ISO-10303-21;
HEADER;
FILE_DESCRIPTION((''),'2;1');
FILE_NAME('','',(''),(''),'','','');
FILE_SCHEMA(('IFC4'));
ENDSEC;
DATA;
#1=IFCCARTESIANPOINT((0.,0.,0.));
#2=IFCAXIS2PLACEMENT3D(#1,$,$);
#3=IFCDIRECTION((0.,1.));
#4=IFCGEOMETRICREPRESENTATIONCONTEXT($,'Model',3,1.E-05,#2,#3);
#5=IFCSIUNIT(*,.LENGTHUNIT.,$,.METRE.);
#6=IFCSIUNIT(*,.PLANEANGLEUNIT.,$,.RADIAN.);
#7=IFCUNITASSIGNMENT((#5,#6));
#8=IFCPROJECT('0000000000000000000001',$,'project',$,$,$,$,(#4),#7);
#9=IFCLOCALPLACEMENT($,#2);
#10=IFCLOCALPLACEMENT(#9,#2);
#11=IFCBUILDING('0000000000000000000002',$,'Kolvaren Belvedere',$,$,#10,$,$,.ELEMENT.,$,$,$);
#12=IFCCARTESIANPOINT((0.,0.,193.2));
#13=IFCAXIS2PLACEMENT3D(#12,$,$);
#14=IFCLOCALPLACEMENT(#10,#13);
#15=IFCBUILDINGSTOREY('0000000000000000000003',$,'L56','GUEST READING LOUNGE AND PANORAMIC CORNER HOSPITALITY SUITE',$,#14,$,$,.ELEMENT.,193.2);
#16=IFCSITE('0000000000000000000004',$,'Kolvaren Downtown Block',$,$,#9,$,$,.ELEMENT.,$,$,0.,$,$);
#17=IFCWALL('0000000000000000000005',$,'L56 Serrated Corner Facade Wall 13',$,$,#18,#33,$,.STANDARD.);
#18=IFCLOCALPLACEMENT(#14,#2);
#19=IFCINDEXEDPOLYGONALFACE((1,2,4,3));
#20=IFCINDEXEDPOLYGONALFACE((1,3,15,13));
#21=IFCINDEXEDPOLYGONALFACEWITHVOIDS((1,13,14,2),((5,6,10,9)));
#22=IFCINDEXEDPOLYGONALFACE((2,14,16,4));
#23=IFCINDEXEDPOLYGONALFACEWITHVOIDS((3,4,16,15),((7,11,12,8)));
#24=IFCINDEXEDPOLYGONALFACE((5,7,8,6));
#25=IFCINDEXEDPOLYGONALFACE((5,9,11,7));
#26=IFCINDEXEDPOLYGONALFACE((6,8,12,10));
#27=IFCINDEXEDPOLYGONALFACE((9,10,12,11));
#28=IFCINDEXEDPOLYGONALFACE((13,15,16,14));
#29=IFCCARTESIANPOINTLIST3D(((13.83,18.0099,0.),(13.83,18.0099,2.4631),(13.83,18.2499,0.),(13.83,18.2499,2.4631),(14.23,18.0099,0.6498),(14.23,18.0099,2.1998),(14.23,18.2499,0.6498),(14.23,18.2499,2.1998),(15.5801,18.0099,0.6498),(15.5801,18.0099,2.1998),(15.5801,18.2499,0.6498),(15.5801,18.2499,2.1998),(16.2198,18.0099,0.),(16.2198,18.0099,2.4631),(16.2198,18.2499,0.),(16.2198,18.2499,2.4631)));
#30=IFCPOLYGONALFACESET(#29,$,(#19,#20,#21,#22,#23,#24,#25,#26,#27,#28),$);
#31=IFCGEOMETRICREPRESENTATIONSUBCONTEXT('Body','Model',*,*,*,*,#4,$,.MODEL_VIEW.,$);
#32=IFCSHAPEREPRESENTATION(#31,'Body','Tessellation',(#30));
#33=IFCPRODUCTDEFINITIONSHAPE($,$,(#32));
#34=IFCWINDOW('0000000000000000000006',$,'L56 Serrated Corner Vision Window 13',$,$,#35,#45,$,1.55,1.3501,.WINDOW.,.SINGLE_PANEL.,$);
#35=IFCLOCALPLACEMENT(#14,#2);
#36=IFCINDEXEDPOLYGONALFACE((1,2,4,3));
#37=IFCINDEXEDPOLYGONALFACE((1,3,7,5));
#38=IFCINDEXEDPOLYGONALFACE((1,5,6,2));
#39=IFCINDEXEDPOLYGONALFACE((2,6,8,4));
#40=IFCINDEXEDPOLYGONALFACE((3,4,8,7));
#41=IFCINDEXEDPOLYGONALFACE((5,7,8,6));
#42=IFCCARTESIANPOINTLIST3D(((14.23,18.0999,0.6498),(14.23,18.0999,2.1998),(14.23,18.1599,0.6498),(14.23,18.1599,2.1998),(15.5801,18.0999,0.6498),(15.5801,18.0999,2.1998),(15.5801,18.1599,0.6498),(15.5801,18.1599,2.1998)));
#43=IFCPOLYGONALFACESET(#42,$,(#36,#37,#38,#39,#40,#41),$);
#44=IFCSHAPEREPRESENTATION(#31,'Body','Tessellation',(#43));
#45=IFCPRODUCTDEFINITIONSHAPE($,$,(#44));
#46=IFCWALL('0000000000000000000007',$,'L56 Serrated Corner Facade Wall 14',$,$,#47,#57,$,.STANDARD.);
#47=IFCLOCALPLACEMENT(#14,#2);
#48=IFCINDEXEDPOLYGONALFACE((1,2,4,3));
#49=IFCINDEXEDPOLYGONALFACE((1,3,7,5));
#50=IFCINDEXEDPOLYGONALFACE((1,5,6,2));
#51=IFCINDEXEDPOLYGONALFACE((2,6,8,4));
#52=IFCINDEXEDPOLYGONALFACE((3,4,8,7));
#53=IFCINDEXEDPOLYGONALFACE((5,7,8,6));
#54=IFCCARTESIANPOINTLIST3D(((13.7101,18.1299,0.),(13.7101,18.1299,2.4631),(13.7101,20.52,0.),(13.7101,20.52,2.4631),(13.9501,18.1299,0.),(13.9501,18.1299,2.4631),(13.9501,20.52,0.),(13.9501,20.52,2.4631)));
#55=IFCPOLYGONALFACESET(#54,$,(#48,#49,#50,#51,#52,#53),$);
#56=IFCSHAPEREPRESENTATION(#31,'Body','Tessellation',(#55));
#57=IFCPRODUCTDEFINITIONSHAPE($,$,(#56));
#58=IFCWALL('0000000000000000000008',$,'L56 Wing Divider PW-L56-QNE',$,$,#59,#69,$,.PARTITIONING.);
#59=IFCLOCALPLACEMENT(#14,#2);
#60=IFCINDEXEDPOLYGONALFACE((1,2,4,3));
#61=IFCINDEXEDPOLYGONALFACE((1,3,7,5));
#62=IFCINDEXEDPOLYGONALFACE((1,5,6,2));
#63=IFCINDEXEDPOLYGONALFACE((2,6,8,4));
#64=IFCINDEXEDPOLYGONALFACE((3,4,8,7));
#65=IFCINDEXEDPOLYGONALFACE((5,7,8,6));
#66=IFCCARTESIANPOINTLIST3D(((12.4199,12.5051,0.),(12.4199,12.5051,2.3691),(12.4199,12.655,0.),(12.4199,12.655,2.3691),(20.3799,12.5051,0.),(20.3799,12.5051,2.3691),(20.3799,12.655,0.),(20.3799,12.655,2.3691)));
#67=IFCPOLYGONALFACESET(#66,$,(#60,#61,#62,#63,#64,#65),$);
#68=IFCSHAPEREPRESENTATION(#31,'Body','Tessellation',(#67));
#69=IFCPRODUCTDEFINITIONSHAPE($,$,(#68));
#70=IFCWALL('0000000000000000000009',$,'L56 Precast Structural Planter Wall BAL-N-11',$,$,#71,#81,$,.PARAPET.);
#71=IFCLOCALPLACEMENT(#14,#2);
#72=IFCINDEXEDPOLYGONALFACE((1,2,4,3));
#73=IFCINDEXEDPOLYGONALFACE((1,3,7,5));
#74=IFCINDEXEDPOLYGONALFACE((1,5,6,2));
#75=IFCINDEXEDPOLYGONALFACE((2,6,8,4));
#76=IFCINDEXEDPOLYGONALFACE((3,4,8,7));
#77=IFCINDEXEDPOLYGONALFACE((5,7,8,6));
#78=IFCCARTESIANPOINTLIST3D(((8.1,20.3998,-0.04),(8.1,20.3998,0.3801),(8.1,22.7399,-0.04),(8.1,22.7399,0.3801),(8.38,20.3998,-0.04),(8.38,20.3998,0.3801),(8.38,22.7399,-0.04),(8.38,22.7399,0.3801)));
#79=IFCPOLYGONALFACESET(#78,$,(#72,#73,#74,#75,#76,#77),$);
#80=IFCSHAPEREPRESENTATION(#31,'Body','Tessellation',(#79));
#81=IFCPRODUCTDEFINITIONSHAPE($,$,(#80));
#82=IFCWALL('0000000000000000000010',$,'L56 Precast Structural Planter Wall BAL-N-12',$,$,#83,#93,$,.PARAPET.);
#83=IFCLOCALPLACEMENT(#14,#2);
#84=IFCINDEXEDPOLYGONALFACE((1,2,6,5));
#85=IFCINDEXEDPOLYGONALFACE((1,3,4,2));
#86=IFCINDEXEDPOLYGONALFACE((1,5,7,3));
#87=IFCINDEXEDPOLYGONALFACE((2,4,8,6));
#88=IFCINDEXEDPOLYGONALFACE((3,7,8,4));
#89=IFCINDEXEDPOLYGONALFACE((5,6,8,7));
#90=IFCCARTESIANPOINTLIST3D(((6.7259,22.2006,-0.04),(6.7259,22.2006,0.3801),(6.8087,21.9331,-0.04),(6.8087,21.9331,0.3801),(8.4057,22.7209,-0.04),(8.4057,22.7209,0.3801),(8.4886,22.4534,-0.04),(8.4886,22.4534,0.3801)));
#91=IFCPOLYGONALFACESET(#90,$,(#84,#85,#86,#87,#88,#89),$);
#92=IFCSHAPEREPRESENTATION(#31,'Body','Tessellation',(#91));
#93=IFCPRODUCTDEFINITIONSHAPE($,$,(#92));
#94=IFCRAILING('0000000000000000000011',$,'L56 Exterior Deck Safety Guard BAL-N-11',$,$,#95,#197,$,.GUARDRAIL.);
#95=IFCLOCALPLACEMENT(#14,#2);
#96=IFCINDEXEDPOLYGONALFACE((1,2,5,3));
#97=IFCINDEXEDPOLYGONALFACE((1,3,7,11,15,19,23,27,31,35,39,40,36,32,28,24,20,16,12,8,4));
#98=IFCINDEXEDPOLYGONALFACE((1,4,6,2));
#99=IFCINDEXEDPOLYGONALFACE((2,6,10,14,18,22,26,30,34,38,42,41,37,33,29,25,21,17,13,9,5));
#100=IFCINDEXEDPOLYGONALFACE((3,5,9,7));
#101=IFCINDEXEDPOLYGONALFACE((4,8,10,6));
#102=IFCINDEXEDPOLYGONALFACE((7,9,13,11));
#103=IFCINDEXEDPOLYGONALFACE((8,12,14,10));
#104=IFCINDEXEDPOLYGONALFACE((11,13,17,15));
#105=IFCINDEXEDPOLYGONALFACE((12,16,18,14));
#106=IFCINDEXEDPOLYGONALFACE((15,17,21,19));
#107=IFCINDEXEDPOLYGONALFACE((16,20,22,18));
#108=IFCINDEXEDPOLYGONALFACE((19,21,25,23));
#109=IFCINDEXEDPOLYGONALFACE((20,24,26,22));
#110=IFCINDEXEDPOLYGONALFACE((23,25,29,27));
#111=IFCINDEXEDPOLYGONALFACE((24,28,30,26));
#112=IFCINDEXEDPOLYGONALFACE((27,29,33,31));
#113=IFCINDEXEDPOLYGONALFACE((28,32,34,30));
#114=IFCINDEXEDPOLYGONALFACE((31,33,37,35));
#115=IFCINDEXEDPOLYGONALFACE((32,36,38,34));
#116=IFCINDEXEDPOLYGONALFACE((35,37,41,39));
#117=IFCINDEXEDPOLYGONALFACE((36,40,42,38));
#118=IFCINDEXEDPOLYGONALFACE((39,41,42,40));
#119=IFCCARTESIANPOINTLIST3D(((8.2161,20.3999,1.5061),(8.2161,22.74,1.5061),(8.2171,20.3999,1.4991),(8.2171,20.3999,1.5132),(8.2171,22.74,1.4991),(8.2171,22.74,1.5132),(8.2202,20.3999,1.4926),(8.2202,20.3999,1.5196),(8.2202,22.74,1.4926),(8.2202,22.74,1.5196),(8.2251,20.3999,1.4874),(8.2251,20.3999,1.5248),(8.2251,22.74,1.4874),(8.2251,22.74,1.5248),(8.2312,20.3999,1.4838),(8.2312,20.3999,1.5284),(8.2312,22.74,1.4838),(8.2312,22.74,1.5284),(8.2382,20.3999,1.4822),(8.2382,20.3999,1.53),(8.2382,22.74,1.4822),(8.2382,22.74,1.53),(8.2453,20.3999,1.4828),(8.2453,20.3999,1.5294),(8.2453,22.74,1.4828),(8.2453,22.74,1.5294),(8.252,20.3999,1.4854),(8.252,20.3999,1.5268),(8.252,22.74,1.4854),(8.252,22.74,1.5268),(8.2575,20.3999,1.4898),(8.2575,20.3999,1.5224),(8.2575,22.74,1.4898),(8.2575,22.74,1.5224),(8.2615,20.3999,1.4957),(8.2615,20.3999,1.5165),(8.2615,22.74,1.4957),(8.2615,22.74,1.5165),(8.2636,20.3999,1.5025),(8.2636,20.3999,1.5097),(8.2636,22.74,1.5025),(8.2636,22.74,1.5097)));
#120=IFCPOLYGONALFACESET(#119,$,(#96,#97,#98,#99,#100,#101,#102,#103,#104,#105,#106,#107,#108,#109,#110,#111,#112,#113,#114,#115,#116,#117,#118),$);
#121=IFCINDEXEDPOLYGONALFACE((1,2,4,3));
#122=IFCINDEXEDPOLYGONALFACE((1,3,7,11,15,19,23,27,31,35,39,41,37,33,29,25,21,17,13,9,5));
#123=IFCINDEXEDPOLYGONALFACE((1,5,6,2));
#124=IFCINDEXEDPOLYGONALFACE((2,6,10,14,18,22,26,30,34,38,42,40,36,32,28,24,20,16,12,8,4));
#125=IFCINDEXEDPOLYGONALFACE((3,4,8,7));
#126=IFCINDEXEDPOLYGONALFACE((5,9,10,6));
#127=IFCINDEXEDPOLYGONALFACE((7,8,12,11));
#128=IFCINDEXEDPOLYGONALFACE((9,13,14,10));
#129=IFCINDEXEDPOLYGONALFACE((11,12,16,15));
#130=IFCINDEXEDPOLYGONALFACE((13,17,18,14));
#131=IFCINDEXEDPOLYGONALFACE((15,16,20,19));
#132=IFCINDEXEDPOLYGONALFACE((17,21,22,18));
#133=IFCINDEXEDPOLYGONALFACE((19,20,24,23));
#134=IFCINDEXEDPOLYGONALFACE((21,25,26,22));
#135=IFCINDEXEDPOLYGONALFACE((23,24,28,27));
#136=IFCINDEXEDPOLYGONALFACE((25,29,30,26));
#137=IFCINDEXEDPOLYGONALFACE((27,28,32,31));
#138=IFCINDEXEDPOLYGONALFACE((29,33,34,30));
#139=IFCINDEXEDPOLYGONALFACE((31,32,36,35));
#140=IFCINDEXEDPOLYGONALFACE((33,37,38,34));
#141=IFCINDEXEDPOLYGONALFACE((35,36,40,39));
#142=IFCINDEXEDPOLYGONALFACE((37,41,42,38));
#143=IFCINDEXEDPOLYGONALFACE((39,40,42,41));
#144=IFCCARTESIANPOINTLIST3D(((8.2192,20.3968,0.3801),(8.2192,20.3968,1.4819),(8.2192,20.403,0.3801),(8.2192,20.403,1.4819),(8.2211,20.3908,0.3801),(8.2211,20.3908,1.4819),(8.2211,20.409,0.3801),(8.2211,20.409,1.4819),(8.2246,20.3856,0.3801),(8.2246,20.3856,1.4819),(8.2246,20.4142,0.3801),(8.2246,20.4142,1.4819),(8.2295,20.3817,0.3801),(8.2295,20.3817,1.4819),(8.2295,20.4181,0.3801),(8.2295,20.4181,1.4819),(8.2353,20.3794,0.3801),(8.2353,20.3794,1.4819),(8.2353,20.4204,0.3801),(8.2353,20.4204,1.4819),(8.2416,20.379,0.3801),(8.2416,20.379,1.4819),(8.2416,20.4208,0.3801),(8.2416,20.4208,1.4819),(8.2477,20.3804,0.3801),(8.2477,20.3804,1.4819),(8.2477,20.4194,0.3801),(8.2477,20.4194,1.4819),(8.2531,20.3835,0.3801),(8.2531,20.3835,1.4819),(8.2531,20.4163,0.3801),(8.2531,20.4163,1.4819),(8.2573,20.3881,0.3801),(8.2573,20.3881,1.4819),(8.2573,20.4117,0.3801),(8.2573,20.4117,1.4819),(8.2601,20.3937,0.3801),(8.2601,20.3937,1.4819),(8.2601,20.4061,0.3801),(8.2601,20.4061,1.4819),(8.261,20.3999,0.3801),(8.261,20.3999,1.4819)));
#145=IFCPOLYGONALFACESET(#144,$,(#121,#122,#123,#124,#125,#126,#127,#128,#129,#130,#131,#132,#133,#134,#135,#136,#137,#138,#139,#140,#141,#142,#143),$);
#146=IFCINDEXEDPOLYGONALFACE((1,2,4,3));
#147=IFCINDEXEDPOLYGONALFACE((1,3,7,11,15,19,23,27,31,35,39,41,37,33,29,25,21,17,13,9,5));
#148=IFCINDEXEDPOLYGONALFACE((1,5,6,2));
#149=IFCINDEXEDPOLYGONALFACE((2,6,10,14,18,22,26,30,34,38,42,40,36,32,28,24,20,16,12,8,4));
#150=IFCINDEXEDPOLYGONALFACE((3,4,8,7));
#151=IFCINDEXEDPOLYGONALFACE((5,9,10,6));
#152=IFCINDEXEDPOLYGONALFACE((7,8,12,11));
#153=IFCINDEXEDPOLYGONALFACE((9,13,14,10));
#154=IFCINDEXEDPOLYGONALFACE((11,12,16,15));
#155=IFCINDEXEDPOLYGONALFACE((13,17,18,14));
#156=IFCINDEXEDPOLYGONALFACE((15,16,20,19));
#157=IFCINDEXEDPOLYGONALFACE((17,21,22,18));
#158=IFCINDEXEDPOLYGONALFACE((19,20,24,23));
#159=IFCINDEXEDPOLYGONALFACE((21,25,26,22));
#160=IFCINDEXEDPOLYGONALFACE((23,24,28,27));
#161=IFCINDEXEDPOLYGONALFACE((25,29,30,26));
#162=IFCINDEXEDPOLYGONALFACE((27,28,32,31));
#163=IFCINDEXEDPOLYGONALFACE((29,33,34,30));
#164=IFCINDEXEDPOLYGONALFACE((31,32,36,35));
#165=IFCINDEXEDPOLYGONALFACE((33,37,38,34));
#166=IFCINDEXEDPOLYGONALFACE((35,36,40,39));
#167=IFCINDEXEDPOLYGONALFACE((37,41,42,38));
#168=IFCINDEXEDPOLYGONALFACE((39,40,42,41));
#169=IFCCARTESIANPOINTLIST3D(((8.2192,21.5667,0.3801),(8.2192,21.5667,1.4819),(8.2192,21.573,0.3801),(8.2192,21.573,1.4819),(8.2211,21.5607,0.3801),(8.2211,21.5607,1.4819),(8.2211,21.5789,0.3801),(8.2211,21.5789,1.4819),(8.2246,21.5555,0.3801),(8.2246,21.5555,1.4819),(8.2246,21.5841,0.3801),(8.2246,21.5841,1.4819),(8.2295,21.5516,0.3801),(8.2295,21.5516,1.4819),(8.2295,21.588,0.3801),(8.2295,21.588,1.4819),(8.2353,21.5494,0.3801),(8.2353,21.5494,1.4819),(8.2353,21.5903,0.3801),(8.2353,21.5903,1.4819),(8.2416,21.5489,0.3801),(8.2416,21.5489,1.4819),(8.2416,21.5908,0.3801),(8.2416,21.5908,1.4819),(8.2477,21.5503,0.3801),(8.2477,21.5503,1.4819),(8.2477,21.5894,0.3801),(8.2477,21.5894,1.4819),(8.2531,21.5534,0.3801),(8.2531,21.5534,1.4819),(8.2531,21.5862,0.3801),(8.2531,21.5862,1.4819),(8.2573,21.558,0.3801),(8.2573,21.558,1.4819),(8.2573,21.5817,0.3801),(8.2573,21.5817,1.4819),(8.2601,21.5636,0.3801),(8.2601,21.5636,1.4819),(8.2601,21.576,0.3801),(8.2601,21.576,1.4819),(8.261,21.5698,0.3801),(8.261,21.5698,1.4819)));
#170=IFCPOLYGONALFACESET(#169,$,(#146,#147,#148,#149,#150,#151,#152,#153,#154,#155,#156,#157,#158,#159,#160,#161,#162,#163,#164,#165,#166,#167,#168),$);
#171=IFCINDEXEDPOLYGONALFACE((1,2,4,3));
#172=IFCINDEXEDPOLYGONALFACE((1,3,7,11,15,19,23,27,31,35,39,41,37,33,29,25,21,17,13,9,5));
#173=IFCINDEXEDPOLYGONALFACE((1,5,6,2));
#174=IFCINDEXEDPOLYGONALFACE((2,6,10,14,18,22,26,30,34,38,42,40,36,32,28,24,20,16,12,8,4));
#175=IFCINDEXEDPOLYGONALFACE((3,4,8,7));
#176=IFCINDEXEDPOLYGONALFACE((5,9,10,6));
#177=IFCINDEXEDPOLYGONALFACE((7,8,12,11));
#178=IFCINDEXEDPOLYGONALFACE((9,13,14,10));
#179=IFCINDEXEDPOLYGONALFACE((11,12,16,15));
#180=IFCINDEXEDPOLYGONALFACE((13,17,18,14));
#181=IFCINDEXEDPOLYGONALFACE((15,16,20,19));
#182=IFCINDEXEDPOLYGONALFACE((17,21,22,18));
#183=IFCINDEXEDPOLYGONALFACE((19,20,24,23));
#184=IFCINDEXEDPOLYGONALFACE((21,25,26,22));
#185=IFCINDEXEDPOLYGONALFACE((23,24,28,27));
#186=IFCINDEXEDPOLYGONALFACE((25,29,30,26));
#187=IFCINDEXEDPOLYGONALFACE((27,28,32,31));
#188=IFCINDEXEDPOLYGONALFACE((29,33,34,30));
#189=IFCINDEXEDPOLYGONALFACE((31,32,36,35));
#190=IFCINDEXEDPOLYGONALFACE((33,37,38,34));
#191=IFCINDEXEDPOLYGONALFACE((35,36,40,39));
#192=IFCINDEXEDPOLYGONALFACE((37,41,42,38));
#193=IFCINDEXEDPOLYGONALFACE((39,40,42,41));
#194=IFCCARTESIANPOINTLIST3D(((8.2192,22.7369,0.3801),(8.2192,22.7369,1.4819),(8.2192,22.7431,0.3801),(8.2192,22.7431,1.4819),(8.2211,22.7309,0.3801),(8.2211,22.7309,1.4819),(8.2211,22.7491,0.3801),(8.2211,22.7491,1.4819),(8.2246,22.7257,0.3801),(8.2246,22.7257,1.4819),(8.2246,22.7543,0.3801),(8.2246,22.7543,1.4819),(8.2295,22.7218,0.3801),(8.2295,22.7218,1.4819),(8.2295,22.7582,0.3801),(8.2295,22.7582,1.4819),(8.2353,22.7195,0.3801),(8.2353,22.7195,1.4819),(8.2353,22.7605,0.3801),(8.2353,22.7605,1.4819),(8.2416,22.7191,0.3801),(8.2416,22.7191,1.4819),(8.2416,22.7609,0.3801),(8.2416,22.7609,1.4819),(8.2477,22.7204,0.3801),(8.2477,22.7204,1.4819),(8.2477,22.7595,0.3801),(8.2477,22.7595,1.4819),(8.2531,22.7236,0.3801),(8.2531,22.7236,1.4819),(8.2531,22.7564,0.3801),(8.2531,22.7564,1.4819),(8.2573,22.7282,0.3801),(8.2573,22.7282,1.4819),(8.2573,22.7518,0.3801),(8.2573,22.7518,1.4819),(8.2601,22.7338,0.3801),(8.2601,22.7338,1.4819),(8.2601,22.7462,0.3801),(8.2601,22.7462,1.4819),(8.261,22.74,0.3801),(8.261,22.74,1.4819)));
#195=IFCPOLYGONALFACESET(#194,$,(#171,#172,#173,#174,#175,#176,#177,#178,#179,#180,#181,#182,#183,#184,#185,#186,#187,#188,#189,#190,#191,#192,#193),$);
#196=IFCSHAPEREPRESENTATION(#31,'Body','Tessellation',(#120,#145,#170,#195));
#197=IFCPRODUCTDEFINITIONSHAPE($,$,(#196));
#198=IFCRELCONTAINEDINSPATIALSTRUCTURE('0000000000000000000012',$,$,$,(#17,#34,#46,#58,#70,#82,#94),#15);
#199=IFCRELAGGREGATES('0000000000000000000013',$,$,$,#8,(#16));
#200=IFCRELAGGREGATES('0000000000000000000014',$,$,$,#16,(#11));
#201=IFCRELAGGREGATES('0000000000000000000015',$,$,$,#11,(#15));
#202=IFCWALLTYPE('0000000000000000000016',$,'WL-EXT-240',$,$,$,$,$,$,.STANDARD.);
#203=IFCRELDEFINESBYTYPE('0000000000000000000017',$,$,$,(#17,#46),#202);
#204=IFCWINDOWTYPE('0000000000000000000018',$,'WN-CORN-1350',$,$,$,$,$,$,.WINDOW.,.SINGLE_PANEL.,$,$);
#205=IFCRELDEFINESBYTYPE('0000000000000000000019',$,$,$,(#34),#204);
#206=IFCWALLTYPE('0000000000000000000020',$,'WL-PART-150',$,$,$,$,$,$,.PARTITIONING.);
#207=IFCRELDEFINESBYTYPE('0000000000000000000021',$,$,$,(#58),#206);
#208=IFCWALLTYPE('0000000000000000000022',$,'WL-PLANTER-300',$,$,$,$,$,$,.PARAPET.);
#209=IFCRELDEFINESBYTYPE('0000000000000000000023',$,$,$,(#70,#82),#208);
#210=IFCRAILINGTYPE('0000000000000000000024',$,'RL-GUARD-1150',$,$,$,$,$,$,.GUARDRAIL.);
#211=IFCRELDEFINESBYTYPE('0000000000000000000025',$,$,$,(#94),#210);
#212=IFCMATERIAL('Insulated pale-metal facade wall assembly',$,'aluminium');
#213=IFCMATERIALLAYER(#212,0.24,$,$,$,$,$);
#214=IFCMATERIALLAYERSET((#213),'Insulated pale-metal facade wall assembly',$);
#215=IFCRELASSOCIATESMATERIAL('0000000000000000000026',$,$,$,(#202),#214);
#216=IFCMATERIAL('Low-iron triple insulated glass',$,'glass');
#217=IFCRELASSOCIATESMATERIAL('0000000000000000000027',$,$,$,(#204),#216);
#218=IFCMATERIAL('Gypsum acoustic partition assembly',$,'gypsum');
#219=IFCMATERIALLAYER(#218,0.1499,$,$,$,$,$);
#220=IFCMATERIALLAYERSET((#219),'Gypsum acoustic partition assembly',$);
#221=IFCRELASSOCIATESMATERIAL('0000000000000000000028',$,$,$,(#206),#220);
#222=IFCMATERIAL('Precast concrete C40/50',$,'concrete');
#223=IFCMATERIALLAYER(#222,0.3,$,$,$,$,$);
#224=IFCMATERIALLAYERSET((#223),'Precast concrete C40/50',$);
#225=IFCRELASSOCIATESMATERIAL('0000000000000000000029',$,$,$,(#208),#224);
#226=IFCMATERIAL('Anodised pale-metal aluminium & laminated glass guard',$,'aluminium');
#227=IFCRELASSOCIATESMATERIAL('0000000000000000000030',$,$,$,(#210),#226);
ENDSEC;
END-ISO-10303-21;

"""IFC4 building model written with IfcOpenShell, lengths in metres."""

from ifc_helpers import new_model, si_unit, direction, frame, frame_2d, origin, origin_2d, place, context, subcontext, project, spatial, rectangle, circle, extrude, material, layer, layer_set, type_object, element, fill, save


model = new_model("IFC4")

# Units and contexts
model_context = context("Model", 3, precision=1e-05, world=origin(), true_north=direction((0.0, 1.0)))
body_context = subcontext(model_context, "Body", "Model", "MODEL_VIEW")
ifc_project = project(units=[si_unit("LENGTHUNIT", "METRE"), si_unit("PLANEANGLEUNIT", "RADIAN")], contexts=[model_context])

# Site, building, storey
site_placement = place(None, origin())
site = spatial("IfcSite", under=ifc_project, at=site_placement, Name="Kolvaren Downtown Block", CompositionType="ELEMENT", RefElevation=0.0)
building_placement = place(site_placement, origin())
building = spatial("IfcBuilding", under=site, at=building_placement, Name="Kolvaren Belvedere", CompositionType="ELEMENT")
storey_placement = place(building_placement, frame((0.0, 0.0, 193.2)))
storey = spatial("IfcBuildingStorey", under=building, at=storey_placement, Name="L56", Description="GUEST READING LOUNGE AND PANORAMIC CORNER HOSPITALITY SUITE", CompositionType="ELEMENT", Elevation=193.2)

# Shared definitions
ifc_material_1 = material(Name="Insulated pale-metal facade wall assembly", Category="aluminium")
ifc_layer_1 = layer(ifc_material_1, 0.24)
ifc_layer_set_1 = layer_set([ifc_layer_1], Name="Insulated pale-metal facade wall assembly")
wall_type_1 = type_object("IfcWallType", Name="WL-EXT-240", PredefinedType="STANDARD", material=ifc_layer_set_1)

# Wall, opening, window
ifc_material_2 = material(Name="Low-iron triple insulated glass", Category="glass")
window_type_1 = type_object("IfcWindowType", Name="WN-CORN-1350", PartitioningType="SINGLE_PANEL", PredefinedType="WINDOW", material=ifc_material_2)
wall_1_placement = place(storey_placement, frame((13.8301, 18.1299, 0.0), z_axis=(0.0, 0.0, 1.0), x_axis=(1.0, 0.0, 0.0)))
wall_1 = element("IfcWall", 1, at=wall_1_placement, inside=storey, type_object=wall_type_1, Name="L56 Serrated Corner Facade Wall 13", PredefinedType="STANDARD", context=body_context, shape_type="SweptSolid", body=[
    extrude(rectangle(XDim=2.3899, YDim=0.24, at=frame_2d((1.1948, 0.0))), origin(), (0.0, 0.0, 1.0), 2.4631),
])
opening_1_placement = place(wall_1_placement, frame((0.3999, 0.0, 0.6499)))
opening_1 = element("IfcOpeningElement", 2, at=opening_1_placement, cuts=wall_1, PredefinedType="OPENING", context=body_context, shape_type="SweptSolid", body=[
    extrude(rectangle(XDim=1.3501, YDim=1.55, at=frame_2d((0.675, 0.7749))), frame((0.0, 0.1299, 0.0), z_axis=(0.0, -1.0, 0.0), x_axis=(1.0, 0.0, 0.0)), (0.0, 0.0, 1.0), 0.26),
])
window_1_placement = place(opening_1_placement, origin())
window_1 = element("IfcWindow", 3, at=window_1_placement, inside=storey, type_object=window_type_1, Name="L56 Serrated Corner Vision Window 13", OverallHeight=1.55, OverallWidth=1.3501, PartitioningType="SINGLE_PANEL", PredefinedType="WINDOW", context=body_context, shape_type="SweptSolid", body=[
    extrude(rectangle(XDim=1.3501, YDim=1.55, at=frame_2d((0.675, 0.7749))), frame((0.0, 0.03, 0.0), z_axis=(0.0, -1.0, 0.0), x_axis=(1.0, 0.0, 0.0)), (0.0, 0.0, 1.0), 0.0601),
])
fill(opening_1, window_1)

# Walls
wall_2_placement = place(storey_placement, frame((13.8301, 20.52, 0.0), z_axis=(0.0, 0.0, 1.0), x_axis=(0.0, -1.0, 0.0)))
element("IfcWall", 4, at=wall_2_placement, inside=storey, type_object=wall_type_1, Name="L56 Serrated Corner Facade Wall 14", PredefinedType="STANDARD", context=body_context, shape_type="SweptSolid", body=[
    extrude(rectangle(XDim=2.3901, YDim=0.24, at=frame_2d((1.1951, 0.0))), origin(), (0.0, 0.0, 1.0), 2.4631),
])
ifc_material_3 = material(Name="Gypsum acoustic partition assembly", Category="gypsum")
ifc_layer_2 = layer(ifc_material_3, 0.1499)
ifc_layer_set_2 = layer_set([ifc_layer_2], Name="Gypsum acoustic partition assembly")
wall_type_2 = type_object("IfcWallType", Name="WL-PART-150", PredefinedType="PARTITIONING", material=ifc_layer_set_2)
wall_3_placement = place(storey_placement, frame((12.4199, 12.5801, 0.0), z_axis=(0.0, 0.0, 1.0), x_axis=(1.0, 0.0, 0.0)))
element("IfcWall", 5, at=wall_3_placement, inside=storey, type_object=wall_type_2, Name="L56 Wing Divider PW-L56-QNE", PredefinedType="PARTITIONING", context=body_context, shape_type="SweptSolid", body=[
    extrude(rectangle(XDim=7.96, YDim=0.1499, at=frame_2d((3.98, 0.0))), origin(), (0.0, 0.0, 1.0), 2.3691),
])
ifc_material_4 = material(Name="Precast concrete C40/50", Category="concrete")
ifc_layer_3 = layer(ifc_material_4, 0.3)
ifc_layer_set_3 = layer_set([ifc_layer_3], Name="Precast concrete C40/50")
wall_type_3 = type_object("IfcWallType", Name="WL-PLANTER-300", PredefinedType="PARAPET", material=ifc_layer_set_3)
wall_4_placement = place(storey_placement, frame((8.24, 20.3999, -0.04), z_axis=(0.0, 0.0, 1.0), x_axis=(0.0, 1.0, 0.0)))
element("IfcWall", 6, at=wall_4_placement, inside=storey, type_object=wall_type_3, Name="L56 Precast Structural Planter Wall BAL-N-11", PredefinedType="PARAPET", context=body_context, shape_type="SweptSolid", body=[
    extrude(rectangle(XDim=2.3401, YDim=0.28, at=frame_2d((1.1699, 0.0))), origin(), (0.0, 0.0, 1.0), 0.4202),
])
wall_5_placement = place(storey_placement, frame((8.4473, 22.5872, -0.04), z_axis=(0.0, 0.0, 1.0), x_axis=(-0.95524, -0.295832, 0.0)))
element("IfcWall", 7, at=wall_5_placement, inside=storey, type_object=wall_type_3, Name="L56 Precast Structural Planter Wall BAL-N-12", PredefinedType="PARAPET", context=body_context, shape_type="SweptSolid", body=[
    extrude(rectangle(XDim=1.7585, YDim=0.28, at=frame_2d((0.8794, 0.0))), origin(), (0.0, 0.0, 1.0), 0.4202),
])

# Railing
ifc_material_5 = material(Name="Anodised pale-metal aluminium & laminated glass guard", Category="aluminium")
railing_type = type_object("IfcRailingType", Name="RL-GUARD-1150", PredefinedType="GUARDRAIL", material=ifc_material_5)
railing_1_placement = place(storey_placement, frame((8.24, 20.3999, 0.3801)))
element("IfcRailing", 8, at=railing_1_placement, inside=storey, type_object=railing_type, Name="L56 Exterior Deck Safety Guard BAL-N-11", PredefinedType="GUARDRAIL", context=body_context, shape_type="SweptSolid", body=[
    extrude(circle(Radius=0.0239, at=origin_2d()), frame((0.0, 0.0, 1.126), z_axis=(0.0, 1.0, 0.0), x_axis=(-1.0, 0.0, 0.0)), (0.0, 0.0, 1.0), 2.3401),
    extrude(circle(Radius=0.021, at=origin_2d()), origin(), (0.0, 0.0, 1.0), 1.1018),
    extrude(circle(Radius=0.021, at=origin_2d()), frame((0.0, 1.1699, 0.0)), (0.0, 0.0, 1.0), 1.1018),
    extrude(circle(Radius=0.021, at=origin_2d()), frame((0.0, 2.3401, 0.0)), (0.0, 0.0, 1.0), 1.1018),
])

save(model, "model.ifc")
